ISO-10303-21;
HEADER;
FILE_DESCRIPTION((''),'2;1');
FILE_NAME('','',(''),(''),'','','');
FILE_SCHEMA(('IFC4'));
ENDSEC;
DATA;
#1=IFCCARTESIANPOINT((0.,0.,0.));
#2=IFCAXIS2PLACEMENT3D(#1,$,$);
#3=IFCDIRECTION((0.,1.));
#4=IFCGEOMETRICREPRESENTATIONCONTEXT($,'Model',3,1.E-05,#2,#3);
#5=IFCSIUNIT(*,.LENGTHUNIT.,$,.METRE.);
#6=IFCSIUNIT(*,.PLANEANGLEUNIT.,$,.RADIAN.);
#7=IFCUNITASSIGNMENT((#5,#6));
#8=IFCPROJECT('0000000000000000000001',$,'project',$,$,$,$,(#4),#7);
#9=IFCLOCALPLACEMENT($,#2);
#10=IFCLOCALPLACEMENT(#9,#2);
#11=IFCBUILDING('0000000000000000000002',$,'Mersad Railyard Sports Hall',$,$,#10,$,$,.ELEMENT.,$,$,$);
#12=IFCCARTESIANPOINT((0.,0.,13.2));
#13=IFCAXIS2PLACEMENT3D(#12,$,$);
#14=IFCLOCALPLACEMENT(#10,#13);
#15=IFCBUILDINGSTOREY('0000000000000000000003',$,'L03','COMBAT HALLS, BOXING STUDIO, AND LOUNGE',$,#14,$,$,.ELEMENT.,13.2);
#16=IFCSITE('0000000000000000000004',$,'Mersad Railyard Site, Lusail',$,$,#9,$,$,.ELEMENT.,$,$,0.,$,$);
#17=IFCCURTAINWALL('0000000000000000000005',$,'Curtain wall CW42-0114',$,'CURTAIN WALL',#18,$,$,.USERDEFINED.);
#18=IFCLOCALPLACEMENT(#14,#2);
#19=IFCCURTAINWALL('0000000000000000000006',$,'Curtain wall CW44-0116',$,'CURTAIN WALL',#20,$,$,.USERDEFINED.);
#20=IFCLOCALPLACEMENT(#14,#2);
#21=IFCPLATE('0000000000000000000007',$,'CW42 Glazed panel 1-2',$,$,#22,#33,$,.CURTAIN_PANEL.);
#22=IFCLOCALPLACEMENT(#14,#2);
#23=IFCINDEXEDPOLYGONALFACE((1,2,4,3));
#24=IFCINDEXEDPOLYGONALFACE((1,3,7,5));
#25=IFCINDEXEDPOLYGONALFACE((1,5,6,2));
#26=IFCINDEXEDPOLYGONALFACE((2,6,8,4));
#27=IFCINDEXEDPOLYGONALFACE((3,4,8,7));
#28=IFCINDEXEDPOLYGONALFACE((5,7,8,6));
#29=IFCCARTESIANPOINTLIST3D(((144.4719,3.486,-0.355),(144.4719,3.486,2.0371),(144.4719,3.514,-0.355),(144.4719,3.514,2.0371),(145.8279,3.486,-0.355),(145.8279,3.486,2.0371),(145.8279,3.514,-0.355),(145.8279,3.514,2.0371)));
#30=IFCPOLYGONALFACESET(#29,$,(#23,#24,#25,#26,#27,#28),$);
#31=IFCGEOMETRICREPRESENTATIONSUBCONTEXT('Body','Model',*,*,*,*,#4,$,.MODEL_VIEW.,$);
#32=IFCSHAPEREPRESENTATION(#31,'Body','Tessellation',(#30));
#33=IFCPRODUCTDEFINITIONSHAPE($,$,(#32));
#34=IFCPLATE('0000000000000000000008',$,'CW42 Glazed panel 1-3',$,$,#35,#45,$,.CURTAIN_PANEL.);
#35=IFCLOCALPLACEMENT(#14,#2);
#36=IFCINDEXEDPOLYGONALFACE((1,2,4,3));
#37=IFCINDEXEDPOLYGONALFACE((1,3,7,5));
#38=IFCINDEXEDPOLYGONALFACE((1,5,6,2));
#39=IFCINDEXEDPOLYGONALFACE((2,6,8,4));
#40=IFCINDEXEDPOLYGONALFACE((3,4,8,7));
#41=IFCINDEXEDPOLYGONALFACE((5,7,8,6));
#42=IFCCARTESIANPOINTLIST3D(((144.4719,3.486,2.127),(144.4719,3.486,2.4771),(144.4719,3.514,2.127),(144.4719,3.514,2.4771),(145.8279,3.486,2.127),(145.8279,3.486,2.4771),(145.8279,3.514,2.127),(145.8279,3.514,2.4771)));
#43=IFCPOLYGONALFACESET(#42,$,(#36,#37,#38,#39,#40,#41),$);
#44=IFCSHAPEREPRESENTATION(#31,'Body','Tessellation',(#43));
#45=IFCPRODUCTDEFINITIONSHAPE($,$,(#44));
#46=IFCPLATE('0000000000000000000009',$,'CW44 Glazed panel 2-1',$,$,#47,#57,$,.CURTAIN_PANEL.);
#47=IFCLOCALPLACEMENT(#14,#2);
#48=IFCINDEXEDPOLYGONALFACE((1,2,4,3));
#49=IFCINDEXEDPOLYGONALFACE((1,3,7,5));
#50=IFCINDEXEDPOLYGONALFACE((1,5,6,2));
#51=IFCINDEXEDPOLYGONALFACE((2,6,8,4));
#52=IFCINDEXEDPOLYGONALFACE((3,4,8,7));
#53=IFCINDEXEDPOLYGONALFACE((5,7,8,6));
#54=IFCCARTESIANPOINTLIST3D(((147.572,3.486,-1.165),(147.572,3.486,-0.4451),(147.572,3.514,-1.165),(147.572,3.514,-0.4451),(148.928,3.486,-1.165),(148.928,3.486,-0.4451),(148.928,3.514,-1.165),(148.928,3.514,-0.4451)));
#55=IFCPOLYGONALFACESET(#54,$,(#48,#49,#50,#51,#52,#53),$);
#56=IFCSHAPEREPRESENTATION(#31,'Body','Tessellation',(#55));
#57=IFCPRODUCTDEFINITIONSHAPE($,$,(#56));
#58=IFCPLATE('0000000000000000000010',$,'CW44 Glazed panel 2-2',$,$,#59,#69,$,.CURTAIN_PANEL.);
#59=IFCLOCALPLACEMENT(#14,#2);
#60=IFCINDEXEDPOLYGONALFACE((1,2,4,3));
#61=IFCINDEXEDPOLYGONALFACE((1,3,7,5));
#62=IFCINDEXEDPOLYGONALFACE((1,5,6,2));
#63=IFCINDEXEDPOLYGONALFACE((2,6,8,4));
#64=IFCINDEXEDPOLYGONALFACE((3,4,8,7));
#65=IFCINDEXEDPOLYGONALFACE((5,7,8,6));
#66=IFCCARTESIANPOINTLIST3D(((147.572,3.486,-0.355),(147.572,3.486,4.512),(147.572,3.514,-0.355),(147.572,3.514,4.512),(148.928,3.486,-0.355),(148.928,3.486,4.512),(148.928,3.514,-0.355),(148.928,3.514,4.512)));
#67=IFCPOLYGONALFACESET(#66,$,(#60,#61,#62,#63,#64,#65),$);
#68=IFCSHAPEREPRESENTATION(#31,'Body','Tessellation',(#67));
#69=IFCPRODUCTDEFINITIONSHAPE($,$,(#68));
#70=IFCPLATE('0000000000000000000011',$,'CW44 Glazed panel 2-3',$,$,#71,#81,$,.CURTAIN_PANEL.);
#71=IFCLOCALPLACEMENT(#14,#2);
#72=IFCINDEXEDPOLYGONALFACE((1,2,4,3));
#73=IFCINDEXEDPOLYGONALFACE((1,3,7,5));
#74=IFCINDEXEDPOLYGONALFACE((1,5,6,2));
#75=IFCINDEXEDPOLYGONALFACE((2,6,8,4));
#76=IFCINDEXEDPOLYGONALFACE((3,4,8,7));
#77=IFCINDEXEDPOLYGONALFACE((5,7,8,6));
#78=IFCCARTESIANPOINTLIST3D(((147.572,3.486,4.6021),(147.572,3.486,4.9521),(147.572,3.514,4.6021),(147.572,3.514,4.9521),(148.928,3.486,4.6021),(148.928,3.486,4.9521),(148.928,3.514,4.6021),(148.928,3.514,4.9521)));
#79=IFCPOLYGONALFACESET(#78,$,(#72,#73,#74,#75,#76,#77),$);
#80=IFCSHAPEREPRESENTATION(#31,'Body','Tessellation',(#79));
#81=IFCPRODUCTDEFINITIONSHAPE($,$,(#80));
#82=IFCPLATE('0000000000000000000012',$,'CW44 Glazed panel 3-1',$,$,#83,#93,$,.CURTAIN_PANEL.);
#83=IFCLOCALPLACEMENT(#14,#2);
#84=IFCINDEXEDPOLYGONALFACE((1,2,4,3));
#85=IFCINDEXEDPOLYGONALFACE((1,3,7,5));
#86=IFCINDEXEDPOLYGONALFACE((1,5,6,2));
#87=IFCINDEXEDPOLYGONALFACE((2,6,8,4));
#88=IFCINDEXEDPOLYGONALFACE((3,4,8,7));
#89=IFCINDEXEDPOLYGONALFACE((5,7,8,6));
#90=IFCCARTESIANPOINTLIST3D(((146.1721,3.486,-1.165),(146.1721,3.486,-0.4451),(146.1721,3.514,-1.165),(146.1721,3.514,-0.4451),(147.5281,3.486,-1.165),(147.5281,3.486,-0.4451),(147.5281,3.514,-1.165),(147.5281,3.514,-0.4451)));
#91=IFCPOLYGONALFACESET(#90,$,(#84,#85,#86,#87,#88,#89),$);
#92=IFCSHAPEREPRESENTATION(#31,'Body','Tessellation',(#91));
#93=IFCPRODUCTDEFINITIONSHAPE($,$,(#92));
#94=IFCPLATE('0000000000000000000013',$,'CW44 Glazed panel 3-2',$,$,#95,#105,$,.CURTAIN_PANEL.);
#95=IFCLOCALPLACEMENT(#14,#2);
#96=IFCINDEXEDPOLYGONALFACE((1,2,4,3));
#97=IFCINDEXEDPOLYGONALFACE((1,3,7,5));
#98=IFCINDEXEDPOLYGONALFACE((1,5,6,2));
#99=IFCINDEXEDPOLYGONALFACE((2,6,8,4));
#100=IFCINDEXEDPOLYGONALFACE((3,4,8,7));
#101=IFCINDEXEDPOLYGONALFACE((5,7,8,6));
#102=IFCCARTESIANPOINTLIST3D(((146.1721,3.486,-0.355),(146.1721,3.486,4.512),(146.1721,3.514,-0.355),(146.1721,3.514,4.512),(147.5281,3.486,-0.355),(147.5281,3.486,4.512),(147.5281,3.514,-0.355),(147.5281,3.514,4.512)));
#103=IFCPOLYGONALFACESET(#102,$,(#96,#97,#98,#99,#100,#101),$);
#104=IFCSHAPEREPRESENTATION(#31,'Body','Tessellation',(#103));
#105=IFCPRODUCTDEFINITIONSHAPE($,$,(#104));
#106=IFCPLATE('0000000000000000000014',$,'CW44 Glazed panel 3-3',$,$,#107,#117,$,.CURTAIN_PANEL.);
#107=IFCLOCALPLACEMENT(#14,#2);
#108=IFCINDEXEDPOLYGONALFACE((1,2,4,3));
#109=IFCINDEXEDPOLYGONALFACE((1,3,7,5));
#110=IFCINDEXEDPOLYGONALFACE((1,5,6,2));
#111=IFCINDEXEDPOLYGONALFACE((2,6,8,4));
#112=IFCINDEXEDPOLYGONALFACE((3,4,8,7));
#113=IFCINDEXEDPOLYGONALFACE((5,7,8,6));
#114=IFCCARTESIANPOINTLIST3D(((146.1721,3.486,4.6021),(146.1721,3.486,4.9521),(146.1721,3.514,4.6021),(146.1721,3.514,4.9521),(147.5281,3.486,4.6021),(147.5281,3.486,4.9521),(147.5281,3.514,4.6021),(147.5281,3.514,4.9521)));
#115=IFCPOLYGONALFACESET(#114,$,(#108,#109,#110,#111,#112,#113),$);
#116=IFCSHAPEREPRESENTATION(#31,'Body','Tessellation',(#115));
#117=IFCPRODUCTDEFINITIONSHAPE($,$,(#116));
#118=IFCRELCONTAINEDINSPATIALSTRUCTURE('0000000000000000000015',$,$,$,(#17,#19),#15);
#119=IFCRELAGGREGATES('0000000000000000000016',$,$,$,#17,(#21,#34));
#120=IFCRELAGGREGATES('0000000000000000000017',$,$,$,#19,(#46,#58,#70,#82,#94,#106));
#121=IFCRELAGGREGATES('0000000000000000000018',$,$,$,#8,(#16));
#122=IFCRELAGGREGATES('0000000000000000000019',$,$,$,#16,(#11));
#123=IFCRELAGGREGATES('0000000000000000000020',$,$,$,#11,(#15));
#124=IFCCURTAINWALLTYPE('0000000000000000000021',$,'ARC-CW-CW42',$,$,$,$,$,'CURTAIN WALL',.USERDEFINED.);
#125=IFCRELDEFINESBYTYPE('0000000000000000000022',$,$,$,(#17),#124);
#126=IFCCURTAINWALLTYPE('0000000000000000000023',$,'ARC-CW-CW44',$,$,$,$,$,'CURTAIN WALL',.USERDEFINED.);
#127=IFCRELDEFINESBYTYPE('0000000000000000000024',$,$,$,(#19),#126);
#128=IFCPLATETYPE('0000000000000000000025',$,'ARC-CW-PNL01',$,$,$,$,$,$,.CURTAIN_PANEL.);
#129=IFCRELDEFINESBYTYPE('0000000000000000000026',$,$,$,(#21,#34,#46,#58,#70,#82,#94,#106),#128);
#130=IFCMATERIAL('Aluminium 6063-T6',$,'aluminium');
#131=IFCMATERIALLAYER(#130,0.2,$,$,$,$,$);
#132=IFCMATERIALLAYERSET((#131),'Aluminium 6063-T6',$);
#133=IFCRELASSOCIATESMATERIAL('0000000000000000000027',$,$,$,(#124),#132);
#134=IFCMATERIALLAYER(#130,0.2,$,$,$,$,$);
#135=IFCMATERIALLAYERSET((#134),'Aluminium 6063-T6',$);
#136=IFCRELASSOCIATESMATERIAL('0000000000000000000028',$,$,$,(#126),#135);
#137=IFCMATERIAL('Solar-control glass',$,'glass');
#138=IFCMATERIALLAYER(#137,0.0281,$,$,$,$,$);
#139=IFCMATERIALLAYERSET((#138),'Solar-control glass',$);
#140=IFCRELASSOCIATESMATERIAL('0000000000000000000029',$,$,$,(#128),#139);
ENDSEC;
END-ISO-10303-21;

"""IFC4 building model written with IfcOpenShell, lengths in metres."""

from ifc_helpers import new_model, si_unit, direction, frame, origin, origin_2d, place, context, subcontext, project, spatial, rectangle, extrude, material, layer, layer_set, type_object, element, aggregate, save


model = new_model("IFC4")

# Units and contexts
model_context = context("Model", 3, precision=1e-05, world=origin(), true_north=direction((0.0, 1.0)))
body_context = subcontext(model_context, "Body", "Model", "MODEL_VIEW")
ifc_project = project(units=[si_unit("LENGTHUNIT", "METRE"), si_unit("PLANEANGLEUNIT", "RADIAN")], contexts=[model_context])

# Site, building, storey
site_placement = place(None, origin())
site = spatial("IfcSite", under=ifc_project, at=site_placement, Name="Mersad Railyard Site, Lusail", CompositionType="ELEMENT", RefElevation=0.0)
building_placement = place(site_placement, origin())
building = spatial("IfcBuilding", under=site, at=building_placement, Name="Mersad Railyard Sports Hall", CompositionType="ELEMENT")
storey_placement = place(building_placement, frame((0.0, 0.0, 13.2)))
storey = spatial("IfcBuildingStorey", under=building, at=storey_placement, Name="L03", Description="COMBAT HALLS, BOXING STUDIO, AND LOUNGE", CompositionType="ELEMENT", Elevation=13.2)

# Curtain walls
ifc_material_1 = material(Name="Aluminium 6063-T6", Category="aluminium")
ifc_layer_1 = layer(ifc_material_1, 0.2)
ifc_layer_set_1 = layer_set([ifc_layer_1], Name="Aluminium 6063-T6")
curtain_wall_type_1 = type_object("IfcCurtainWallType", Name="ARC-CW-CW42", ElementType="CURTAIN WALL", PredefinedType="USERDEFINED", material=ifc_layer_set_1)
curtain_wall_1_placement = place(storey_placement, origin())
curtain_wall_1 = element("IfcCurtainWall", 1, at=curtain_wall_1_placement, inside=storey, type_object=curtain_wall_type_1, Name="Curtain wall CW42-0114", ObjectType="CURTAIN WALL", PredefinedType="USERDEFINED")
ifc_layer_2 = layer(ifc_material_1, 0.2)
ifc_layer_set_2 = layer_set([ifc_layer_2], Name="Aluminium 6063-T6")
curtain_wall_type_2 = type_object("IfcCurtainWallType", Name="ARC-CW-CW44", ElementType="CURTAIN WALL", PredefinedType="USERDEFINED", material=ifc_layer_set_2)
curtain_wall_2_placement = place(storey_placement, origin())
curtain_wall_2 = element("IfcCurtainWall", 2, at=curtain_wall_2_placement, inside=storey, type_object=curtain_wall_type_2, Name="Curtain wall CW44-0116", ObjectType="CURTAIN WALL", PredefinedType="USERDEFINED")

# Plates
ifc_material_2 = material(Name="Solar-control glass", Category="glass")
ifc_layer_3 = layer(ifc_material_2, 0.0281)
ifc_layer_set_3 = layer_set([ifc_layer_3], Name="Solar-control glass")
plate_type = type_object("IfcPlateType", Name="ARC-CW-PNL01", PredefinedType="CURTAIN_PANEL", material=ifc_layer_set_3)
plate_1_placement = place(storey_placement, frame((145.1499, 3.5, -0.355), z_axis=(0.0, 0.0, 1.0), x_axis=(-1.0, 0.0, 0.0)))
plate_1 = element("IfcPlate", 3, at=plate_1_placement, type_object=plate_type, Name="CW42 Glazed panel 1-2", PredefinedType="CURTAIN_PANEL", context=body_context, shape_type="SweptSolid", body=[
    extrude(rectangle(XDim=1.356, YDim=0.0281, at=origin_2d()), origin(), (0.0, 0.0, 1.0), 2.3921),
])
plate_2_placement = place(storey_placement, frame((145.1499, 3.5, 2.127), z_axis=(0.0, 0.0, 1.0), x_axis=(-1.0, 0.0, 0.0)))
plate_2 = element("IfcPlate", 4, at=plate_2_placement, type_object=plate_type, Name="CW42 Glazed panel 1-3", PredefinedType="CURTAIN_PANEL", context=body_context, shape_type="SweptSolid", body=[
    extrude(rectangle(XDim=1.356, YDim=0.0281, at=origin_2d()), origin(), (0.0, 0.0, 1.0), 0.3501),
])
aggregate(curtain_wall_1, [plate_1, plate_2])
plate_3_placement = place(storey_placement, frame((148.25, 3.5, -1.165), z_axis=(0.0, 0.0, 1.0), x_axis=(-1.0, 0.0, 0.0)))
plate_3 = element("IfcPlate", 5, at=plate_3_placement, type_object=plate_type, Name="CW44 Glazed panel 2-1", PredefinedType="CURTAIN_PANEL", context=body_context, shape_type="SweptSolid", body=[
    extrude(rectangle(XDim=1.356, YDim=0.0281, at=origin_2d()), origin(), (0.0, 0.0, 1.0), 0.72),
])
plate_4_placement = place(storey_placement, frame((148.25, 3.5, -0.355), z_axis=(0.0, 0.0, 1.0), x_axis=(-1.0, 0.0, 0.0)))
plate_4 = element("IfcPlate", 6, at=plate_4_placement, type_object=plate_type, Name="CW44 Glazed panel 2-2", PredefinedType="CURTAIN_PANEL", context=body_context, shape_type="SweptSolid", body=[
    extrude(rectangle(XDim=1.356, YDim=0.0281, at=origin_2d()), origin(), (0.0, 0.0, 1.0), 4.8669),
])
plate_5_placement = place(storey_placement, frame((148.25, 3.5, 4.6021), z_axis=(0.0, 0.0, 1.0), x_axis=(-1.0, 0.0, 0.0)))
plate_5 = element("IfcPlate", 7, at=plate_5_placement, type_object=plate_type, Name="CW44 Glazed panel 2-3", PredefinedType="CURTAIN_PANEL", context=body_context, shape_type="SweptSolid", body=[
    extrude(rectangle(XDim=1.356, YDim=0.0281, at=origin_2d()), origin(), (0.0, 0.0, 1.0), 0.3501),
])
plate_6_placement = place(storey_placement, frame((146.8501, 3.5, -1.165), z_axis=(0.0, 0.0, 1.0), x_axis=(-1.0, 0.0, 0.0)))
plate_6 = element("IfcPlate", 8, at=plate_6_placement, type_object=plate_type, Name="CW44 Glazed panel 3-1", PredefinedType="CURTAIN_PANEL", context=body_context, shape_type="SweptSolid", body=[
    extrude(rectangle(XDim=1.356, YDim=0.0281, at=origin_2d()), origin(), (0.0, 0.0, 1.0), 0.72),
])
plate_7_placement = place(storey_placement, frame((146.8501, 3.5, -0.355), z_axis=(0.0, 0.0, 1.0), x_axis=(-1.0, 0.0, 0.0)))
plate_7 = element("IfcPlate", 9, at=plate_7_placement, type_object=plate_type, Name="CW44 Glazed panel 3-2", PredefinedType="CURTAIN_PANEL", context=body_context, shape_type="SweptSolid", body=[
    extrude(rectangle(XDim=1.356, YDim=0.0281, at=origin_2d()), origin(), (0.0, 0.0, 1.0), 4.8669),
])
plate_8_placement = place(storey_placement, frame((146.8501, 3.5, 4.6021), z_axis=(0.0, 0.0, 1.0), x_axis=(-1.0, 0.0, 0.0)))
plate_8 = element("IfcPlate", 10, at=plate_8_placement, type_object=plate_type, Name="CW44 Glazed panel 3-3", PredefinedType="CURTAIN_PANEL", context=body_context, shape_type="SweptSolid", body=[
    extrude(rectangle(XDim=1.356, YDim=0.0281, at=origin_2d()), origin(), (0.0, 0.0, 1.0), 0.3501),
])
aggregate(curtain_wall_2, [plate_3, plate_4, plate_5, plate_6, plate_7, plate_8])

save(model, "model.ifc")
